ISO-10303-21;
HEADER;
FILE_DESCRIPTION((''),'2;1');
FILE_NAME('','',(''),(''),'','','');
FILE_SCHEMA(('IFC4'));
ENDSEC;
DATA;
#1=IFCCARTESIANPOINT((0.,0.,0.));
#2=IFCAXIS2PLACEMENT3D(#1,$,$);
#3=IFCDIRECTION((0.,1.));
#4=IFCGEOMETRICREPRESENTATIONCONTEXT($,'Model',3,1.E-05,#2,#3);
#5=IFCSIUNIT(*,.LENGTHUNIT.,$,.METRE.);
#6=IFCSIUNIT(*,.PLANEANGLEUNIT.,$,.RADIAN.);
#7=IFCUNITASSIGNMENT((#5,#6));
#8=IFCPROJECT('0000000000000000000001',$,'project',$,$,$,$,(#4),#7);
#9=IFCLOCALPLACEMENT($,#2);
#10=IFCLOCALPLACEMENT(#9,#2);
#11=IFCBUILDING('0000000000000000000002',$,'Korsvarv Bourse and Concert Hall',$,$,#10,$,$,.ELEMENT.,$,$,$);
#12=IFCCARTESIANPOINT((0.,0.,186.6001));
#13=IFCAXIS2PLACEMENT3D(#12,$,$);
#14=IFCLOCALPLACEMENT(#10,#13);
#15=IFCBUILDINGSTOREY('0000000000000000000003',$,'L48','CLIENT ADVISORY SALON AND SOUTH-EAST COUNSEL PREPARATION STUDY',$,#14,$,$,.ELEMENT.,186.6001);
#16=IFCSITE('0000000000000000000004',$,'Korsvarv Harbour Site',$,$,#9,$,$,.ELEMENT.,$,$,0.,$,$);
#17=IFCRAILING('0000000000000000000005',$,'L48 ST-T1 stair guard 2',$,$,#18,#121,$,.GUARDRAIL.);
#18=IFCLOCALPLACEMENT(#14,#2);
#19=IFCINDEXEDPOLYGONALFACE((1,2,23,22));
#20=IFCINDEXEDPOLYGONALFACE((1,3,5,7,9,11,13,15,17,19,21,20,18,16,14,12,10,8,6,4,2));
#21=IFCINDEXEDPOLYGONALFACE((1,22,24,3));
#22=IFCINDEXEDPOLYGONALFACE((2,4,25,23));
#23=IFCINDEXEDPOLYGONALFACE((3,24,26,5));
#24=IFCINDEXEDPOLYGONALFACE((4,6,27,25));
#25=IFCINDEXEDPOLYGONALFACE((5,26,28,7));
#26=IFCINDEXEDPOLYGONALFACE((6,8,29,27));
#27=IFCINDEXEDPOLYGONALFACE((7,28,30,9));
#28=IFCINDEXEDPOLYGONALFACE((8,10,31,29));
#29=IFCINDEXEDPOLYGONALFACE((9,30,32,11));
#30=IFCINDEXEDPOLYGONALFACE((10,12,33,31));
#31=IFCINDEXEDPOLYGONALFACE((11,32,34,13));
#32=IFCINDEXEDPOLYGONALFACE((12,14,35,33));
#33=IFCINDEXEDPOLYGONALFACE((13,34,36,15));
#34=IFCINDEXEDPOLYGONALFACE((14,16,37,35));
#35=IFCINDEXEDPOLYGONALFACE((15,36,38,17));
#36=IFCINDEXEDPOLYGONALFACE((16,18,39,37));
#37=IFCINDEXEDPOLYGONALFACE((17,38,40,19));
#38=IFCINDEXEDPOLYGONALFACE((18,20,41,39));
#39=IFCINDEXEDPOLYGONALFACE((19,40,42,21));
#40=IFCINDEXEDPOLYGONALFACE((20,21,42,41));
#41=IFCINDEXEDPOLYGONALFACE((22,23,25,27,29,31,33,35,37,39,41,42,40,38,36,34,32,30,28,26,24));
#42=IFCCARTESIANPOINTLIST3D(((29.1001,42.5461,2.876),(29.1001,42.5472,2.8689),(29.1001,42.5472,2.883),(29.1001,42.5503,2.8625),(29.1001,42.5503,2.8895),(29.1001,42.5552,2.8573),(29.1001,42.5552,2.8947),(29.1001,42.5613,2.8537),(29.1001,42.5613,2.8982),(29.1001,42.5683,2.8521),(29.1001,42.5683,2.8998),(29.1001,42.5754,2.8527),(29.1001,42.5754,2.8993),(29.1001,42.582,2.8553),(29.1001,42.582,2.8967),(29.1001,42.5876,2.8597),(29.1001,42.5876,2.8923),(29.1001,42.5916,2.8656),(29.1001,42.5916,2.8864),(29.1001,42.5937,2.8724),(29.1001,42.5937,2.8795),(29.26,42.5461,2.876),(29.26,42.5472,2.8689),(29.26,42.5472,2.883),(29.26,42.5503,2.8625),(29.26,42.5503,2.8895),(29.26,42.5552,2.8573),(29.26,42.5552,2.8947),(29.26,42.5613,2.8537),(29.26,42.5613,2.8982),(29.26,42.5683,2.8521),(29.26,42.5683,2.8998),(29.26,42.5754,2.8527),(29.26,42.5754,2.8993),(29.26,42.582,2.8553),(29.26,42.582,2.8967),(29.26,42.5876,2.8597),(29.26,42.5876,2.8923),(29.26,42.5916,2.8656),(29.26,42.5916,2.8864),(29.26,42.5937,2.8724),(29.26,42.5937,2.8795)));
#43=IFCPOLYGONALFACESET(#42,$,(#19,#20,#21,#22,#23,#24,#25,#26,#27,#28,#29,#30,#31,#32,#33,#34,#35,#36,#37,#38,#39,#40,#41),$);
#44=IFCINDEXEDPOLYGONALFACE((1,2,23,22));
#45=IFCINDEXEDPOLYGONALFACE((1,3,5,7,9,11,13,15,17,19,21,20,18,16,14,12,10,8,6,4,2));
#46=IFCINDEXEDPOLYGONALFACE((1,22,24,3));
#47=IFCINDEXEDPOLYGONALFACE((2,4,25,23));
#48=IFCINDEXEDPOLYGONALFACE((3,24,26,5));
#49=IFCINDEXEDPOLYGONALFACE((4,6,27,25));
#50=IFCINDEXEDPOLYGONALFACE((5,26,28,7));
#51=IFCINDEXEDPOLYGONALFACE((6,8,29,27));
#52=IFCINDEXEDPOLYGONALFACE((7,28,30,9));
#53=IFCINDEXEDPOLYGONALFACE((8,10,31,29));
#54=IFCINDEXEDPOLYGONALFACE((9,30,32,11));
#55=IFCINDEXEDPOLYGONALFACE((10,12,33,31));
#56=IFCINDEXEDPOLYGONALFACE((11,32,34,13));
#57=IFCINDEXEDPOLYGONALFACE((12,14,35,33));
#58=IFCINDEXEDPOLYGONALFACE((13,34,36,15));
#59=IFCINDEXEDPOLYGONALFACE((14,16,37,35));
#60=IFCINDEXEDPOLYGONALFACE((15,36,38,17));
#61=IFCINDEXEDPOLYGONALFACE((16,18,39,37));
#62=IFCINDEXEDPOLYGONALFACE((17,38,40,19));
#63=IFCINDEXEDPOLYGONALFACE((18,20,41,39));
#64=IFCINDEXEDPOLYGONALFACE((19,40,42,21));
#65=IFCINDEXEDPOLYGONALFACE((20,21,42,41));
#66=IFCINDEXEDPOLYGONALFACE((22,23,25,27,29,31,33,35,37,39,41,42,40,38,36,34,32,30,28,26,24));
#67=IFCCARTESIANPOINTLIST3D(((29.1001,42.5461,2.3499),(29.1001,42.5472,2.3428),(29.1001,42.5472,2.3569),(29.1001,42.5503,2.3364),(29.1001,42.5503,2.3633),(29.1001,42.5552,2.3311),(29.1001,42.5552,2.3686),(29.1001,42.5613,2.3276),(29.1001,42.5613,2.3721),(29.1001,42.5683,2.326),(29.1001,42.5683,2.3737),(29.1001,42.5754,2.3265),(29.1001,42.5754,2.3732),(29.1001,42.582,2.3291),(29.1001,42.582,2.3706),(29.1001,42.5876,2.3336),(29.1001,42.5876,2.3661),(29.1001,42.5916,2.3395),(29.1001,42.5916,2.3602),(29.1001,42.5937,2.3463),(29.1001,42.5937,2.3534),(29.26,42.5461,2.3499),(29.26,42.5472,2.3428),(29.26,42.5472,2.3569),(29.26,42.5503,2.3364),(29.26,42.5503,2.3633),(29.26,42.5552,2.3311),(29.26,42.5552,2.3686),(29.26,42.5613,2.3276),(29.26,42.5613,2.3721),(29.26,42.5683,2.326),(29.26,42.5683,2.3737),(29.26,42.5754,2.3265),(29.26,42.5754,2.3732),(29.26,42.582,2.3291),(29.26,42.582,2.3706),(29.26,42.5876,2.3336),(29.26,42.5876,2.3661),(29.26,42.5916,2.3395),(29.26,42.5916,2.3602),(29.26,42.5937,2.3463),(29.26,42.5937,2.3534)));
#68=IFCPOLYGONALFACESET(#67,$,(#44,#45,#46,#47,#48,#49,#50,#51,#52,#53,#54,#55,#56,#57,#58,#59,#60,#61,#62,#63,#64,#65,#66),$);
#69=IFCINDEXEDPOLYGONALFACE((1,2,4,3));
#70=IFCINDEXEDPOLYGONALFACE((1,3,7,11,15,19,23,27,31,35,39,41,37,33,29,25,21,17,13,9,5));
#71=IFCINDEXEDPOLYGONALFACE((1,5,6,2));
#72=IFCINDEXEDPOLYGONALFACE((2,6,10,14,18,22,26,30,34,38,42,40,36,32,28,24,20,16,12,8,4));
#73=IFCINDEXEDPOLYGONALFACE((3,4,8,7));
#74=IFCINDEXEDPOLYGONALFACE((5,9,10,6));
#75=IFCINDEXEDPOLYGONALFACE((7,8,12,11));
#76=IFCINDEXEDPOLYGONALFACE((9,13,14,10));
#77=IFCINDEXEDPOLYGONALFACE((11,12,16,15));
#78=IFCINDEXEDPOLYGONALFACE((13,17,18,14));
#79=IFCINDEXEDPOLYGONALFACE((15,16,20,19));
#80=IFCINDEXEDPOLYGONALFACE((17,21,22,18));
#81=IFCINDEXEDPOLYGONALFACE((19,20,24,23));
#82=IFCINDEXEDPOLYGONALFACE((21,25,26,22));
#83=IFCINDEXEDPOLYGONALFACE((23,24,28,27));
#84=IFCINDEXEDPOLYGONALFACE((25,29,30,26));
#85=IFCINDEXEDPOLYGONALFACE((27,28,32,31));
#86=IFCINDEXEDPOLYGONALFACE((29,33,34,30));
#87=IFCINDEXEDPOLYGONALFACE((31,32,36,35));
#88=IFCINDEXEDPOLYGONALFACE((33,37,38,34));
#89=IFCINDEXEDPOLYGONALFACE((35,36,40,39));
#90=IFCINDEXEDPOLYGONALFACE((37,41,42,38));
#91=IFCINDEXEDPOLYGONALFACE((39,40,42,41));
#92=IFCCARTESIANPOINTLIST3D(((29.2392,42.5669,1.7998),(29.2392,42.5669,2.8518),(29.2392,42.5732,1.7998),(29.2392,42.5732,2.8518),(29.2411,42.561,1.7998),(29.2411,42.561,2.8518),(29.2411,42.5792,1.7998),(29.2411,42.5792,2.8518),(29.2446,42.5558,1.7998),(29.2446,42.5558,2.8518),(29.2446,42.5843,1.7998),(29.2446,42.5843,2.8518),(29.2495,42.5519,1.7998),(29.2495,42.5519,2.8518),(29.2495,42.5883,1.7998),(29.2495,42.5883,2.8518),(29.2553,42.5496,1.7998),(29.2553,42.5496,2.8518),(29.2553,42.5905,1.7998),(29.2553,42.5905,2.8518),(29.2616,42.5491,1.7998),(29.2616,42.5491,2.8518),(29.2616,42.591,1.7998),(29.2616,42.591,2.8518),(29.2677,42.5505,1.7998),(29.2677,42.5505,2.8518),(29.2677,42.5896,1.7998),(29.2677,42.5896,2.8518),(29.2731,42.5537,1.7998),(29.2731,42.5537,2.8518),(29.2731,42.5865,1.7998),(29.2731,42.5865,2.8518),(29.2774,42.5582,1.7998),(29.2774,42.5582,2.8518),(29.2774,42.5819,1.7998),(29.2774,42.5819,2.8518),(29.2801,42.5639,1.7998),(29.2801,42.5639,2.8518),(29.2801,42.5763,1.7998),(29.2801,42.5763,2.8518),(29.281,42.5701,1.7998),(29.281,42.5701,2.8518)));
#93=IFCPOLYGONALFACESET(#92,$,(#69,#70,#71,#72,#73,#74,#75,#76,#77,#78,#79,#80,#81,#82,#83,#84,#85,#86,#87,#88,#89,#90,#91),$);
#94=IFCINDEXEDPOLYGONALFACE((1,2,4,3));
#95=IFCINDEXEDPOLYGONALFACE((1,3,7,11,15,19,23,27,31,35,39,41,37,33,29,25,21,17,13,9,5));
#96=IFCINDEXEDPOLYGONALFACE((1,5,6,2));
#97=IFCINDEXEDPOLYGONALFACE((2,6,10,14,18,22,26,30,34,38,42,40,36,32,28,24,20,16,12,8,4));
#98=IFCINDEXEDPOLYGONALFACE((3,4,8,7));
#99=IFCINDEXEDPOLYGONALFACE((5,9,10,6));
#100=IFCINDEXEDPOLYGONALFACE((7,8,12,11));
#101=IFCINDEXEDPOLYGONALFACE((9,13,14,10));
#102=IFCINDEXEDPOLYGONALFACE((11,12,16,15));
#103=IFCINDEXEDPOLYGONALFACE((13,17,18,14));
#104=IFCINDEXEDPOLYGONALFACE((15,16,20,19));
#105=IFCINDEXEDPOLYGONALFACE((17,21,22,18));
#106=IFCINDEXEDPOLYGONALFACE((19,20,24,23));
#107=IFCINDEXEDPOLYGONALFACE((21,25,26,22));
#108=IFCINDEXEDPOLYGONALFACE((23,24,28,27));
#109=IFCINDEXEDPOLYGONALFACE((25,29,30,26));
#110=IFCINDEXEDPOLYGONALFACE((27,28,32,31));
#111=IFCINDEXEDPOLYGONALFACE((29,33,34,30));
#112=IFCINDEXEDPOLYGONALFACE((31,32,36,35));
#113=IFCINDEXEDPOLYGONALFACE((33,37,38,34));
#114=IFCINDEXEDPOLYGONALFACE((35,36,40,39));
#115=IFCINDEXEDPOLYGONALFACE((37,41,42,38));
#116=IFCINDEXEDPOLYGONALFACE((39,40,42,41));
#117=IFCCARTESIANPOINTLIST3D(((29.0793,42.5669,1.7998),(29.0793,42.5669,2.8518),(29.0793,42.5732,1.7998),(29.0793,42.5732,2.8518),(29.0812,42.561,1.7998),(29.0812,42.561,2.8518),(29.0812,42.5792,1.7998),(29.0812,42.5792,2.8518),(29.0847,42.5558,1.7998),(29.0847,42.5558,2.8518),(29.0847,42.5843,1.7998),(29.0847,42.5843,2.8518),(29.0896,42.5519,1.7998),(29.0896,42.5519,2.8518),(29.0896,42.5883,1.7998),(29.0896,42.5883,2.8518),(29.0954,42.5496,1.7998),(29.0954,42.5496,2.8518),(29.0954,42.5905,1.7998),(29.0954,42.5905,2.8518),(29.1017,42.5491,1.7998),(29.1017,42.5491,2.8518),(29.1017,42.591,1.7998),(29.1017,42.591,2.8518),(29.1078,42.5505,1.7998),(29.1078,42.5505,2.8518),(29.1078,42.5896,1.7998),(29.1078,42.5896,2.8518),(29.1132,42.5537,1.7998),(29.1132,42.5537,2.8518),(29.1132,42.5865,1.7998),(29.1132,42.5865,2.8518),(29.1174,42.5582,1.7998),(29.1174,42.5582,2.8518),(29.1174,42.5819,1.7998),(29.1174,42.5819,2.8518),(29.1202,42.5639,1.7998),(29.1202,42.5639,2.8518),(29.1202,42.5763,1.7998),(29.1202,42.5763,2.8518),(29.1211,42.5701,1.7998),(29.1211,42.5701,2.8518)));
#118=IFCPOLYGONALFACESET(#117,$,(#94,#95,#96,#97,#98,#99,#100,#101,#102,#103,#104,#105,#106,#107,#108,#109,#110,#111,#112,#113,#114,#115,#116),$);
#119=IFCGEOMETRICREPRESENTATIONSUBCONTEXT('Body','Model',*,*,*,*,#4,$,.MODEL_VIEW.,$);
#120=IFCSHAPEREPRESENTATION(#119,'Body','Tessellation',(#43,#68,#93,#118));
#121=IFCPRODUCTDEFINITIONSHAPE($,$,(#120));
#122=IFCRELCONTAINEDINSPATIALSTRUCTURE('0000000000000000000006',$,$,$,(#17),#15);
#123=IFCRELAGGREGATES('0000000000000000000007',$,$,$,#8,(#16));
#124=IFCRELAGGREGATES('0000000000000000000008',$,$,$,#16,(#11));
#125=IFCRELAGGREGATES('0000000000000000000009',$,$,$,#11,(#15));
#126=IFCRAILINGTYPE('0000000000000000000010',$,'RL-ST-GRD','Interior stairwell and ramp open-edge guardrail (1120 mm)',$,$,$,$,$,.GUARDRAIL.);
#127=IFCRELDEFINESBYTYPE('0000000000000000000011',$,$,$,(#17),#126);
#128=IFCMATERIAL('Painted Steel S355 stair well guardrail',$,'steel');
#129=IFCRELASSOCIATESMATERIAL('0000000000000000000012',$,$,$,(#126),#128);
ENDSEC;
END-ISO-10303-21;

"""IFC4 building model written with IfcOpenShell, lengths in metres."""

from ifc_helpers import new_model, si_unit, direction, frame, origin, origin_2d, place, context, subcontext, project, spatial, circle, extrude, material, type_object, element, save


model = new_model("IFC4")

# Units and contexts
model_context = context("Model", 3, precision=1e-05, world=origin(), true_north=direction((0.0, 1.0)))
body_context = subcontext(model_context, "Body", "Model", "MODEL_VIEW")
ifc_project = project(units=[si_unit("LENGTHUNIT", "METRE"), si_unit("PLANEANGLEUNIT", "RADIAN")], contexts=[model_context])

# Site, building, storey
site_placement = place(None, origin())
site = spatial("IfcSite", under=ifc_project, at=site_placement, Name="Korsvarv Harbour Site", CompositionType="ELEMENT", RefElevation=0.0)
building_placement = place(site_placement, origin())
building = spatial("IfcBuilding", under=site, at=building_placement, Name="Korsvarv Bourse and Concert Hall", CompositionType="ELEMENT")
storey_placement = place(building_placement, frame((0.0, 0.0, 186.6001)))
storey = spatial("IfcBuildingStorey", under=building, at=storey_placement, Name="L48", Description="CLIENT ADVISORY SALON AND SOUTH-EAST COUNSEL PREPARATION STUDY", CompositionType="ELEMENT", Elevation=186.6001)

# Railing
ifc_material_1 = material(Name="Painted Steel S355 stair well guardrail", Category="steel")
railing_type_1 = type_object("IfcRailingType", Name="RL-ST-GRD", Description="Interior stairwell and ramp open-edge guardrail (1120 mm)", PredefinedType="GUARDRAIL", material=ifc_material_1)
railing_1_placement = place(storey_placement, frame((29.26, 42.5701, 1.7998)))
element("IfcRailing", 1, at=railing_1_placement, inside=storey, type_object=railing_type_1, Name="L48 ST-T1 stair guard 2", PredefinedType="GUARDRAIL", context=body_context, shape_type="SweptSolid", body=[
    extrude(circle(Radius=0.0239, at=origin_2d()), frame((0.0, 0.0, 1.0762), z_axis=(-1.0, 0.0, 0.0), x_axis=(0.0, -1.0, 0.0)), (0.0, 0.0, 1.0), 0.1599),
    extrude(circle(Radius=0.0239, at=origin_2d()), frame((0.0, 0.0, 0.55), z_axis=(-1.0, 0.0, 0.0), x_axis=(0.0, -1.0, 0.0)), (0.0, 0.0, 1.0), 0.1599),
    extrude(circle(Radius=0.021, at=origin_2d()), origin(), (0.0, 0.0, 1.0), 1.052),
    extrude(circle(Radius=0.021, at=origin_2d()), frame((-0.1599, 0.0, 0.0)), (0.0, 0.0, 1.0), 1.052),
])

save(model, "model.ifc")
